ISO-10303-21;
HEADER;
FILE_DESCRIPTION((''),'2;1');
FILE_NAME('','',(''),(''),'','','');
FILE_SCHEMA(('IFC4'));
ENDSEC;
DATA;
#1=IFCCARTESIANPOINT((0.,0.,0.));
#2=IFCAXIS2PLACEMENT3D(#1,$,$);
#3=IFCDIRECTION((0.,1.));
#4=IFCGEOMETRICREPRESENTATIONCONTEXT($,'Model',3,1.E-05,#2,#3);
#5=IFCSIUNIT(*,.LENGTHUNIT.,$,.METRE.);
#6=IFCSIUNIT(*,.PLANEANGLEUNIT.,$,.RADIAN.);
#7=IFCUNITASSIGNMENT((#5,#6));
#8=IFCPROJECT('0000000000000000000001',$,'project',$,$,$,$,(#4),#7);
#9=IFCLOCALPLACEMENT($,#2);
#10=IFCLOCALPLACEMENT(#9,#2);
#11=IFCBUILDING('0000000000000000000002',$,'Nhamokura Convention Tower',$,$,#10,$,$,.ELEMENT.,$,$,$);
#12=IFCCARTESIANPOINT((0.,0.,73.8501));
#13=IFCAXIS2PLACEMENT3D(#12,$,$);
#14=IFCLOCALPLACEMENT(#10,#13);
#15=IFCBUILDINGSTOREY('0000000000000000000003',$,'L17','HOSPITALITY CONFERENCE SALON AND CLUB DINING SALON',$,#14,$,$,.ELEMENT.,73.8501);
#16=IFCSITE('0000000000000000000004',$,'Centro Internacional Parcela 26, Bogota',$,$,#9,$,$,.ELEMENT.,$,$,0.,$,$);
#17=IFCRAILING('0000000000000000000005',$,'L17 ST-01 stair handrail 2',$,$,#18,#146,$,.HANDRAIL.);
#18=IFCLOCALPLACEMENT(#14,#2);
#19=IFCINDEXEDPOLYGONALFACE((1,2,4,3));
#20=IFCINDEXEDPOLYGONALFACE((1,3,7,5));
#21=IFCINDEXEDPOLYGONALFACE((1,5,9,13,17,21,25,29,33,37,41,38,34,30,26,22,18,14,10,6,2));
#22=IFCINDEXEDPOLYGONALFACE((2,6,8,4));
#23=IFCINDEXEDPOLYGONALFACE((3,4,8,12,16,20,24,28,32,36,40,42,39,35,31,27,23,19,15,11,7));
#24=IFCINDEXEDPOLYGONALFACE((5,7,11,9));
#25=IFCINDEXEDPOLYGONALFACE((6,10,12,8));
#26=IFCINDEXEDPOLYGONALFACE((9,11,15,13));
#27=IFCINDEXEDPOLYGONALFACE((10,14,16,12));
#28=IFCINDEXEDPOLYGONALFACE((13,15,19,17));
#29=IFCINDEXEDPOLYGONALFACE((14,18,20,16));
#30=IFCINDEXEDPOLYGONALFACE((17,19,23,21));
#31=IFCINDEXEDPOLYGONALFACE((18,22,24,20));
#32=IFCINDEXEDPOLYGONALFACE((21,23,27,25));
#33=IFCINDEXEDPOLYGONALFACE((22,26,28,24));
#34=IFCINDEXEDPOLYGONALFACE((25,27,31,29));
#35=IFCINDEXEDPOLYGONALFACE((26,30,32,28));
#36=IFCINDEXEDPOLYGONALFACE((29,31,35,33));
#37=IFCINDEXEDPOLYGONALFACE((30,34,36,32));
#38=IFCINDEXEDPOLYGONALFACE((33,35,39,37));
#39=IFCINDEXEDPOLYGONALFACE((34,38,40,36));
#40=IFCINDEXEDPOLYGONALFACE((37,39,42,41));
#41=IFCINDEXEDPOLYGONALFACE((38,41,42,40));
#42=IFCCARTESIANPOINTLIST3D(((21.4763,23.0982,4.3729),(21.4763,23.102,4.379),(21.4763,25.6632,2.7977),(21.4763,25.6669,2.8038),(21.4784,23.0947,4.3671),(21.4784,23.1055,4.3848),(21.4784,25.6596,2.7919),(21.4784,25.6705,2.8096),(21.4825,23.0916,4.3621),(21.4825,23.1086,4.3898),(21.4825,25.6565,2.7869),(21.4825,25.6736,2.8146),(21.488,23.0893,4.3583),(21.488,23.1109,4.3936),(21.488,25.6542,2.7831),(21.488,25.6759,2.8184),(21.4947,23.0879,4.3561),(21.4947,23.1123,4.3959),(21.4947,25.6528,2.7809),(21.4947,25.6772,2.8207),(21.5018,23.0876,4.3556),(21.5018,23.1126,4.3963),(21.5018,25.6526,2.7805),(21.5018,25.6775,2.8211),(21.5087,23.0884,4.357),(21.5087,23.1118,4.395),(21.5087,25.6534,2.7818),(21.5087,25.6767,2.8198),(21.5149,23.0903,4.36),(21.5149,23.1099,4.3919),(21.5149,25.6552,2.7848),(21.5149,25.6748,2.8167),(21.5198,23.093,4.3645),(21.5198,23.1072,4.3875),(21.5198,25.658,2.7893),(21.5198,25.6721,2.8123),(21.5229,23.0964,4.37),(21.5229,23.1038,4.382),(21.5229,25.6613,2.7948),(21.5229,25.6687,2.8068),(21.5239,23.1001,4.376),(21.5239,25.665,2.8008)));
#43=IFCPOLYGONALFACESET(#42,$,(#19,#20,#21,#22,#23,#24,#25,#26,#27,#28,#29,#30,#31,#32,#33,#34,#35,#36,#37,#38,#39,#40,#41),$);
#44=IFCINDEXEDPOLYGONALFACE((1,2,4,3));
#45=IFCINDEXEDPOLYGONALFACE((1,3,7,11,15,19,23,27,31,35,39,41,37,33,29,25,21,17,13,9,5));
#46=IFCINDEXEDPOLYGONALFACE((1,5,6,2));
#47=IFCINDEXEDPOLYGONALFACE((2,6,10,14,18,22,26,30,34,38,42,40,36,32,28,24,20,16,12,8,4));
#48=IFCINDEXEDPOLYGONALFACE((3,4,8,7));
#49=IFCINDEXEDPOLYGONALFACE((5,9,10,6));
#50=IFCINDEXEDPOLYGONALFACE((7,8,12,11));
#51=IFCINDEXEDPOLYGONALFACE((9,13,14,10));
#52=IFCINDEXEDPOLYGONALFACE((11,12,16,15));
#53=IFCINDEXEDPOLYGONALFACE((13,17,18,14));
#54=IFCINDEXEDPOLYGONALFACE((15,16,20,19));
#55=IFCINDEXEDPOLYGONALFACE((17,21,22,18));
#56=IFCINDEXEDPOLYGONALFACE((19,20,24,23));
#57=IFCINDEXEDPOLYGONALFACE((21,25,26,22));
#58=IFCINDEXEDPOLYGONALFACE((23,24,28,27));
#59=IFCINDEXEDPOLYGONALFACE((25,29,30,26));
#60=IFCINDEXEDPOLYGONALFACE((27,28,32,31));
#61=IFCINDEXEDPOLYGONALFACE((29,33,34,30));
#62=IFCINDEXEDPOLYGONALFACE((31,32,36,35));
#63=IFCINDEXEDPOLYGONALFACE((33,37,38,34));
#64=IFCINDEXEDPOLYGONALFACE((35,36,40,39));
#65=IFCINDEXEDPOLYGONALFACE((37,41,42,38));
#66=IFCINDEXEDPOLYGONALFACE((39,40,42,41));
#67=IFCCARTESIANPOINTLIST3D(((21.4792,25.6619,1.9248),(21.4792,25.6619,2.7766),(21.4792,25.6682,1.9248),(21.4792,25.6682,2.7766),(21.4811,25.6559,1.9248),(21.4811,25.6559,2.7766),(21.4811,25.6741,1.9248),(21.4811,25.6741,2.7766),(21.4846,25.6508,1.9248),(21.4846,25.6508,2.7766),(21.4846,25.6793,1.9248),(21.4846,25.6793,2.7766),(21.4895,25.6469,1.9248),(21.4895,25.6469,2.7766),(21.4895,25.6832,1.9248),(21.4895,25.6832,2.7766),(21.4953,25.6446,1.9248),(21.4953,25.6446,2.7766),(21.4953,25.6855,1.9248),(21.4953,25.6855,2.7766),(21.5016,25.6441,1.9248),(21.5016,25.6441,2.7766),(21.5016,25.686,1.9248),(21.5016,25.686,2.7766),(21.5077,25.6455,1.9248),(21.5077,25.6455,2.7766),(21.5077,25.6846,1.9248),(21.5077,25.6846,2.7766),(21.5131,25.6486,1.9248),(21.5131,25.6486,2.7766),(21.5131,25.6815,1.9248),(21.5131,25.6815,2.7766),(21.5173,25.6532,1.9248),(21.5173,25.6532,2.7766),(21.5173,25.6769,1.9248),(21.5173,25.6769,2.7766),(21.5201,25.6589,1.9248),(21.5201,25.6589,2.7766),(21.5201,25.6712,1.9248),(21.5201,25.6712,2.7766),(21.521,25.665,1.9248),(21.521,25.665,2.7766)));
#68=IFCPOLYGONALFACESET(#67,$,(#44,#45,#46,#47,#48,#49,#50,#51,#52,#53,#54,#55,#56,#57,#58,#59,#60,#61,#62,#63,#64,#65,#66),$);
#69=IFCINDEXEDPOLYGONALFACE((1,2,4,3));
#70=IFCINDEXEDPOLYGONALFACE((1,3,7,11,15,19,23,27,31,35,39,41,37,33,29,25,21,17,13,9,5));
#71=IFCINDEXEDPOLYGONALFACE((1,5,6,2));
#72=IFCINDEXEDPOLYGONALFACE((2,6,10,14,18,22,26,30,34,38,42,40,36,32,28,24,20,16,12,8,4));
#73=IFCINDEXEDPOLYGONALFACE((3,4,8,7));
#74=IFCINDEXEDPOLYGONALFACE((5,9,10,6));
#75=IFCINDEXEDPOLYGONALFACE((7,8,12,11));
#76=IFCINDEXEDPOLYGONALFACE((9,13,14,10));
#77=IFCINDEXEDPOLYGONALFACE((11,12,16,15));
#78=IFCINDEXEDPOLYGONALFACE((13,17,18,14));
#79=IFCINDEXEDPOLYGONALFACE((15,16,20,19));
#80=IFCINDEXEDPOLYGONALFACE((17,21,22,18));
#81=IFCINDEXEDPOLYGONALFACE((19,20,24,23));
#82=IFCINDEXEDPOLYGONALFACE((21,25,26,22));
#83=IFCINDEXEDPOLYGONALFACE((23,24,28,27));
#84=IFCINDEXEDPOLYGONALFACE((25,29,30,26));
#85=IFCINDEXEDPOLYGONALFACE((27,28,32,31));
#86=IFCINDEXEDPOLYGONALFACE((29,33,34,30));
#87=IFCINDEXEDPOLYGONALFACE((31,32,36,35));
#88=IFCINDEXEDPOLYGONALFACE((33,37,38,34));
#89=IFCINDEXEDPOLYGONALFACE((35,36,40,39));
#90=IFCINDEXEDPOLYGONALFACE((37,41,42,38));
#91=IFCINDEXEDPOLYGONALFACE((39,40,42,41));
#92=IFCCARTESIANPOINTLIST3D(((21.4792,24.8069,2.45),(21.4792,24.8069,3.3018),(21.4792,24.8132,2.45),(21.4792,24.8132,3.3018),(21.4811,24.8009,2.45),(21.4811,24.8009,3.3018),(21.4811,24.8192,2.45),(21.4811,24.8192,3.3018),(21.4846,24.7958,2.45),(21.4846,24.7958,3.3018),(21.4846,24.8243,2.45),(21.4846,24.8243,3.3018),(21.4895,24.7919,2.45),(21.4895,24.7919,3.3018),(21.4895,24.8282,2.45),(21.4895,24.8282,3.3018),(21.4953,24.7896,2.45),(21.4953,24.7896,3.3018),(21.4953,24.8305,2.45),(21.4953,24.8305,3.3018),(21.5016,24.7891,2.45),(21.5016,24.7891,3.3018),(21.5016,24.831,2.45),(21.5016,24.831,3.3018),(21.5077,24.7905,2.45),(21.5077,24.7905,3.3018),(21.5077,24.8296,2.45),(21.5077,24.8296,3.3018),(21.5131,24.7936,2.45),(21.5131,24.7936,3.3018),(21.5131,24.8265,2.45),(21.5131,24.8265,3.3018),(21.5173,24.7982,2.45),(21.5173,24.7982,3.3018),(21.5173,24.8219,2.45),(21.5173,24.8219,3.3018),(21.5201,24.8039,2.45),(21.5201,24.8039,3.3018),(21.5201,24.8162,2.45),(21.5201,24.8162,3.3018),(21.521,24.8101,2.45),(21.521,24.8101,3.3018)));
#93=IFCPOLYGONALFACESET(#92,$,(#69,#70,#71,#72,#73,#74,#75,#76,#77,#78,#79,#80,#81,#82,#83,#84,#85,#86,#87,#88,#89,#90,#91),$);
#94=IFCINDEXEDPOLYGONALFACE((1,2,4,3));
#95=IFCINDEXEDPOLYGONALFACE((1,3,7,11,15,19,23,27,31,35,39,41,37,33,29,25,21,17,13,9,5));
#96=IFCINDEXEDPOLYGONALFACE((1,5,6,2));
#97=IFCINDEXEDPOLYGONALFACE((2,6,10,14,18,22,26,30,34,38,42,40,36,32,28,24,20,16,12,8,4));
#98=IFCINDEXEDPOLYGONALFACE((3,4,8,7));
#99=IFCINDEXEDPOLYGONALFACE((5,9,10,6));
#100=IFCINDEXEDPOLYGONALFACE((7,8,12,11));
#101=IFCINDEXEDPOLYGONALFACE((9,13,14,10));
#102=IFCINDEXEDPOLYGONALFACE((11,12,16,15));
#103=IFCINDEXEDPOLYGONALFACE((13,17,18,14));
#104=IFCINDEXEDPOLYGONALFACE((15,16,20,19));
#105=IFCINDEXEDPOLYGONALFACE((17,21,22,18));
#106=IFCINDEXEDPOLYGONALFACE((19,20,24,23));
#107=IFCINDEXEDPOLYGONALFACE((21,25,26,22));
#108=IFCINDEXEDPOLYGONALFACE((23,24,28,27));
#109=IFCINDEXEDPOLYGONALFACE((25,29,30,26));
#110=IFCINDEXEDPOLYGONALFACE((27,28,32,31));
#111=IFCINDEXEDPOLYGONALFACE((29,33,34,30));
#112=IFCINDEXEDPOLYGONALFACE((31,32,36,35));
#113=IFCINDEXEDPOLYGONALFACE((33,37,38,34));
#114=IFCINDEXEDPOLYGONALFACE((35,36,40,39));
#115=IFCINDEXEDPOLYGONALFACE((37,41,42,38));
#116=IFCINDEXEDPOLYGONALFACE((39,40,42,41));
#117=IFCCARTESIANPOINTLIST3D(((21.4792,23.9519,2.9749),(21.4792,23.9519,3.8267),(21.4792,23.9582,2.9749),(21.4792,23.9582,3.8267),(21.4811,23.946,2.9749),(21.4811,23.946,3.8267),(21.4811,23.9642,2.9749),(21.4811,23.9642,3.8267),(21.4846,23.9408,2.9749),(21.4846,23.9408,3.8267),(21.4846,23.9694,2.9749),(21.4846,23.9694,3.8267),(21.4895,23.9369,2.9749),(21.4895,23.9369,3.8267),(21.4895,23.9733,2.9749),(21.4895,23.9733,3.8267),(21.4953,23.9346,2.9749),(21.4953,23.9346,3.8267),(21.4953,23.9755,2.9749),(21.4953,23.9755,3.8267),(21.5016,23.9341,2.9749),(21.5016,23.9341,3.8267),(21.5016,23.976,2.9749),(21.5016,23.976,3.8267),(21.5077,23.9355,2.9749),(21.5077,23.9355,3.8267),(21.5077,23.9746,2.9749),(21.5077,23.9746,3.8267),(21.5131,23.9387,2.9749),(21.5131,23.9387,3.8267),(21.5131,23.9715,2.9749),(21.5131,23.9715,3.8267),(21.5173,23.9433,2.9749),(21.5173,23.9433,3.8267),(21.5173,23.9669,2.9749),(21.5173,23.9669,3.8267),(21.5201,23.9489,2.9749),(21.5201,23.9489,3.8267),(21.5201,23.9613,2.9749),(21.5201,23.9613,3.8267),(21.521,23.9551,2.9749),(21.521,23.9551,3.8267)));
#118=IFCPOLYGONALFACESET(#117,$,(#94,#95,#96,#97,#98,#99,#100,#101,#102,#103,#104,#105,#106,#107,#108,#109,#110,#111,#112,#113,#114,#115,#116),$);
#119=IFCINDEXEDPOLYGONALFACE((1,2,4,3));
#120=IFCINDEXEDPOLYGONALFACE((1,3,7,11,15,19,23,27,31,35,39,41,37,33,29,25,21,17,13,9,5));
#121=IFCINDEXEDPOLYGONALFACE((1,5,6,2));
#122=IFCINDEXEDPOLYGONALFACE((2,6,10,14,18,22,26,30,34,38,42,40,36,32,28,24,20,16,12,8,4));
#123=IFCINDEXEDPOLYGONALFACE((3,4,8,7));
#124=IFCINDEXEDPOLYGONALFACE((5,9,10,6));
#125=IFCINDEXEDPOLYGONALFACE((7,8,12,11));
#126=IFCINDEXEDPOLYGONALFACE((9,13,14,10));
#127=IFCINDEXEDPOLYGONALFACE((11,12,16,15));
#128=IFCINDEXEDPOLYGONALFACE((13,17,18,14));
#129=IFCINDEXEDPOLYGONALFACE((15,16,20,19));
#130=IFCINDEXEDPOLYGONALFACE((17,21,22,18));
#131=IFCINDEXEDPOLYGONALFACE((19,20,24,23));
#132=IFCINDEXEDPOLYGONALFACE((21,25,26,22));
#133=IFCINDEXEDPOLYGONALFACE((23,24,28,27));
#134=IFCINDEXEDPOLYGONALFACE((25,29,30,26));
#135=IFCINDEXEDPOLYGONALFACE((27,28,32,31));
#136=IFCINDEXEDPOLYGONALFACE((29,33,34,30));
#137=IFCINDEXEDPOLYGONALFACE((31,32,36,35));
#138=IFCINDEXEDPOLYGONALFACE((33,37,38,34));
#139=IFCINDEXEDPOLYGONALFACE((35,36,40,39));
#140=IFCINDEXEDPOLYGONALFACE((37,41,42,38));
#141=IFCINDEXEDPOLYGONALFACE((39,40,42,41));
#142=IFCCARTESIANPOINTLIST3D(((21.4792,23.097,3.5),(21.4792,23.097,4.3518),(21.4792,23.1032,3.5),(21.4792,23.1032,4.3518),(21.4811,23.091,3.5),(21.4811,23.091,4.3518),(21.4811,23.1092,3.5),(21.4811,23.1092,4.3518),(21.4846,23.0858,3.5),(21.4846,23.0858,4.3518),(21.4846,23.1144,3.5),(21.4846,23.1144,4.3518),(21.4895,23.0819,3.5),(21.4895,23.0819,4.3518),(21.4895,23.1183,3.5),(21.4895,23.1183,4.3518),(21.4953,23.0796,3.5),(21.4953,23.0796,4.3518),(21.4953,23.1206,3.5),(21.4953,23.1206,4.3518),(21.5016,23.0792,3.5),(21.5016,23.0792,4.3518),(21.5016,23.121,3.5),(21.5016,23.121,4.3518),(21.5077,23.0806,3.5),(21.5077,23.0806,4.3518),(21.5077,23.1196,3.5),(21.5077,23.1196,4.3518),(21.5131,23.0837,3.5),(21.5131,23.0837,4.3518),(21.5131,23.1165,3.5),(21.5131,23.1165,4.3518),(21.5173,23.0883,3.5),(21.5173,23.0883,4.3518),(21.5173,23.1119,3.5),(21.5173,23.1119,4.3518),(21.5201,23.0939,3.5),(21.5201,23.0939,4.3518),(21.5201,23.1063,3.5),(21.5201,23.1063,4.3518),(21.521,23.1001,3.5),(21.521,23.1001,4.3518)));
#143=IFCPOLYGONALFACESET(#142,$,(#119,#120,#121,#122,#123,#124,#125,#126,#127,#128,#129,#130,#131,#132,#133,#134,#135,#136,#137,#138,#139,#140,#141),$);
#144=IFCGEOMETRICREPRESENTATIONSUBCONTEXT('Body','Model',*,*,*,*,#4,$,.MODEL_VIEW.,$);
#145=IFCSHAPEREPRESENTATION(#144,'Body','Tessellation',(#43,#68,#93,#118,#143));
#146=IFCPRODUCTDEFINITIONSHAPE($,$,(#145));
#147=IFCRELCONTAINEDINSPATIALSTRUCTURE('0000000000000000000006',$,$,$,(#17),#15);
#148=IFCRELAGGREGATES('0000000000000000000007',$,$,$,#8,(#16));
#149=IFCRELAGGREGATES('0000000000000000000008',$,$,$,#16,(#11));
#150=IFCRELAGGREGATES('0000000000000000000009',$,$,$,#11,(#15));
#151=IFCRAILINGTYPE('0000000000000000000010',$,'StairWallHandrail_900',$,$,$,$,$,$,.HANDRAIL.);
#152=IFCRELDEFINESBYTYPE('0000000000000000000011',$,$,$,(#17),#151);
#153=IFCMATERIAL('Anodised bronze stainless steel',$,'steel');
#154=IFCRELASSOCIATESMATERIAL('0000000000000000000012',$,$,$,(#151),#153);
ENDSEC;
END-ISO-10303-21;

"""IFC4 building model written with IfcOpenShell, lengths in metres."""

from ifc_helpers import new_model, si_unit, direction, frame, origin, origin_2d, place, context, subcontext, project, spatial, circle, extrude, material, type_object, element, save


model = new_model("IFC4")

# Units and contexts
model_context = context("Model", 3, precision=1e-05, world=origin(), true_north=direction((0.0, 1.0)))
body_context = subcontext(model_context, "Body", "Model", "MODEL_VIEW")
ifc_project = project(units=[si_unit("LENGTHUNIT", "METRE"), si_unit("PLANEANGLEUNIT", "RADIAN")], contexts=[model_context])

# Site, building, storey
site_placement = place(None, origin())
site = spatial("IfcSite", under=ifc_project, at=site_placement, Name="Centro Internacional Parcela 26, Bogota", CompositionType="ELEMENT", RefElevation=0.0)
building_placement = place(site_placement, origin())
building = spatial("IfcBuilding", under=site, at=building_placement, Name="Nhamokura Convention Tower", CompositionType="ELEMENT")
storey_placement = place(building_placement, frame((0.0, 0.0, 73.8501)))
storey = spatial("IfcBuildingStorey", under=building, at=storey_placement, Name="L17", Description="HOSPITALITY CONFERENCE SALON AND CLUB DINING SALON", CompositionType="ELEMENT", Elevation=73.8501)

# Railing
ifc_material_1 = material(Name="Anodised bronze stainless steel", Category="steel")
railing_type_1 = type_object("IfcRailingType", Name="StairWallHandrail_900", PredefinedType="HANDRAIL", material=ifc_material_1)
railing_1_placement = place(storey_placement, frame((21.5, 25.665, 1.9248)))
element("IfcRailing", 1, at=railing_1_placement, inside=storey, type_object=railing_type_1, Name="L17 ST-01 stair handrail 2", PredefinedType="HANDRAIL", context=body_context, shape_type="SweptSolid", body=[
    extrude(circle(Radius=0.0239, at=origin_2d()), frame((0.0, 0.0, 0.876), z_axis=(0.0, -0.852137, 0.523319), x_axis=(1.0, 0.0, 0.0)), (0.0, 0.0, 1.0), 3.01),
    extrude(circle(Radius=0.021, at=origin_2d()), origin(), (0.0, 0.0, 1.0), 0.8518),
    extrude(circle(Radius=0.021, at=origin_2d()), frame((0.0, -0.855, 0.5251)), (0.0, 0.0, 1.0), 0.8518),
    extrude(circle(Radius=0.021, at=origin_2d()), frame((0.0, -1.71, 1.05)), (0.0, 0.0, 1.0), 0.8518),
    extrude(circle(Radius=0.021, at=origin_2d()), frame((0.0, -2.5649, 1.5752)), (0.0, 0.0, 1.0), 0.8518),
])

save(model, "model.ifc")
